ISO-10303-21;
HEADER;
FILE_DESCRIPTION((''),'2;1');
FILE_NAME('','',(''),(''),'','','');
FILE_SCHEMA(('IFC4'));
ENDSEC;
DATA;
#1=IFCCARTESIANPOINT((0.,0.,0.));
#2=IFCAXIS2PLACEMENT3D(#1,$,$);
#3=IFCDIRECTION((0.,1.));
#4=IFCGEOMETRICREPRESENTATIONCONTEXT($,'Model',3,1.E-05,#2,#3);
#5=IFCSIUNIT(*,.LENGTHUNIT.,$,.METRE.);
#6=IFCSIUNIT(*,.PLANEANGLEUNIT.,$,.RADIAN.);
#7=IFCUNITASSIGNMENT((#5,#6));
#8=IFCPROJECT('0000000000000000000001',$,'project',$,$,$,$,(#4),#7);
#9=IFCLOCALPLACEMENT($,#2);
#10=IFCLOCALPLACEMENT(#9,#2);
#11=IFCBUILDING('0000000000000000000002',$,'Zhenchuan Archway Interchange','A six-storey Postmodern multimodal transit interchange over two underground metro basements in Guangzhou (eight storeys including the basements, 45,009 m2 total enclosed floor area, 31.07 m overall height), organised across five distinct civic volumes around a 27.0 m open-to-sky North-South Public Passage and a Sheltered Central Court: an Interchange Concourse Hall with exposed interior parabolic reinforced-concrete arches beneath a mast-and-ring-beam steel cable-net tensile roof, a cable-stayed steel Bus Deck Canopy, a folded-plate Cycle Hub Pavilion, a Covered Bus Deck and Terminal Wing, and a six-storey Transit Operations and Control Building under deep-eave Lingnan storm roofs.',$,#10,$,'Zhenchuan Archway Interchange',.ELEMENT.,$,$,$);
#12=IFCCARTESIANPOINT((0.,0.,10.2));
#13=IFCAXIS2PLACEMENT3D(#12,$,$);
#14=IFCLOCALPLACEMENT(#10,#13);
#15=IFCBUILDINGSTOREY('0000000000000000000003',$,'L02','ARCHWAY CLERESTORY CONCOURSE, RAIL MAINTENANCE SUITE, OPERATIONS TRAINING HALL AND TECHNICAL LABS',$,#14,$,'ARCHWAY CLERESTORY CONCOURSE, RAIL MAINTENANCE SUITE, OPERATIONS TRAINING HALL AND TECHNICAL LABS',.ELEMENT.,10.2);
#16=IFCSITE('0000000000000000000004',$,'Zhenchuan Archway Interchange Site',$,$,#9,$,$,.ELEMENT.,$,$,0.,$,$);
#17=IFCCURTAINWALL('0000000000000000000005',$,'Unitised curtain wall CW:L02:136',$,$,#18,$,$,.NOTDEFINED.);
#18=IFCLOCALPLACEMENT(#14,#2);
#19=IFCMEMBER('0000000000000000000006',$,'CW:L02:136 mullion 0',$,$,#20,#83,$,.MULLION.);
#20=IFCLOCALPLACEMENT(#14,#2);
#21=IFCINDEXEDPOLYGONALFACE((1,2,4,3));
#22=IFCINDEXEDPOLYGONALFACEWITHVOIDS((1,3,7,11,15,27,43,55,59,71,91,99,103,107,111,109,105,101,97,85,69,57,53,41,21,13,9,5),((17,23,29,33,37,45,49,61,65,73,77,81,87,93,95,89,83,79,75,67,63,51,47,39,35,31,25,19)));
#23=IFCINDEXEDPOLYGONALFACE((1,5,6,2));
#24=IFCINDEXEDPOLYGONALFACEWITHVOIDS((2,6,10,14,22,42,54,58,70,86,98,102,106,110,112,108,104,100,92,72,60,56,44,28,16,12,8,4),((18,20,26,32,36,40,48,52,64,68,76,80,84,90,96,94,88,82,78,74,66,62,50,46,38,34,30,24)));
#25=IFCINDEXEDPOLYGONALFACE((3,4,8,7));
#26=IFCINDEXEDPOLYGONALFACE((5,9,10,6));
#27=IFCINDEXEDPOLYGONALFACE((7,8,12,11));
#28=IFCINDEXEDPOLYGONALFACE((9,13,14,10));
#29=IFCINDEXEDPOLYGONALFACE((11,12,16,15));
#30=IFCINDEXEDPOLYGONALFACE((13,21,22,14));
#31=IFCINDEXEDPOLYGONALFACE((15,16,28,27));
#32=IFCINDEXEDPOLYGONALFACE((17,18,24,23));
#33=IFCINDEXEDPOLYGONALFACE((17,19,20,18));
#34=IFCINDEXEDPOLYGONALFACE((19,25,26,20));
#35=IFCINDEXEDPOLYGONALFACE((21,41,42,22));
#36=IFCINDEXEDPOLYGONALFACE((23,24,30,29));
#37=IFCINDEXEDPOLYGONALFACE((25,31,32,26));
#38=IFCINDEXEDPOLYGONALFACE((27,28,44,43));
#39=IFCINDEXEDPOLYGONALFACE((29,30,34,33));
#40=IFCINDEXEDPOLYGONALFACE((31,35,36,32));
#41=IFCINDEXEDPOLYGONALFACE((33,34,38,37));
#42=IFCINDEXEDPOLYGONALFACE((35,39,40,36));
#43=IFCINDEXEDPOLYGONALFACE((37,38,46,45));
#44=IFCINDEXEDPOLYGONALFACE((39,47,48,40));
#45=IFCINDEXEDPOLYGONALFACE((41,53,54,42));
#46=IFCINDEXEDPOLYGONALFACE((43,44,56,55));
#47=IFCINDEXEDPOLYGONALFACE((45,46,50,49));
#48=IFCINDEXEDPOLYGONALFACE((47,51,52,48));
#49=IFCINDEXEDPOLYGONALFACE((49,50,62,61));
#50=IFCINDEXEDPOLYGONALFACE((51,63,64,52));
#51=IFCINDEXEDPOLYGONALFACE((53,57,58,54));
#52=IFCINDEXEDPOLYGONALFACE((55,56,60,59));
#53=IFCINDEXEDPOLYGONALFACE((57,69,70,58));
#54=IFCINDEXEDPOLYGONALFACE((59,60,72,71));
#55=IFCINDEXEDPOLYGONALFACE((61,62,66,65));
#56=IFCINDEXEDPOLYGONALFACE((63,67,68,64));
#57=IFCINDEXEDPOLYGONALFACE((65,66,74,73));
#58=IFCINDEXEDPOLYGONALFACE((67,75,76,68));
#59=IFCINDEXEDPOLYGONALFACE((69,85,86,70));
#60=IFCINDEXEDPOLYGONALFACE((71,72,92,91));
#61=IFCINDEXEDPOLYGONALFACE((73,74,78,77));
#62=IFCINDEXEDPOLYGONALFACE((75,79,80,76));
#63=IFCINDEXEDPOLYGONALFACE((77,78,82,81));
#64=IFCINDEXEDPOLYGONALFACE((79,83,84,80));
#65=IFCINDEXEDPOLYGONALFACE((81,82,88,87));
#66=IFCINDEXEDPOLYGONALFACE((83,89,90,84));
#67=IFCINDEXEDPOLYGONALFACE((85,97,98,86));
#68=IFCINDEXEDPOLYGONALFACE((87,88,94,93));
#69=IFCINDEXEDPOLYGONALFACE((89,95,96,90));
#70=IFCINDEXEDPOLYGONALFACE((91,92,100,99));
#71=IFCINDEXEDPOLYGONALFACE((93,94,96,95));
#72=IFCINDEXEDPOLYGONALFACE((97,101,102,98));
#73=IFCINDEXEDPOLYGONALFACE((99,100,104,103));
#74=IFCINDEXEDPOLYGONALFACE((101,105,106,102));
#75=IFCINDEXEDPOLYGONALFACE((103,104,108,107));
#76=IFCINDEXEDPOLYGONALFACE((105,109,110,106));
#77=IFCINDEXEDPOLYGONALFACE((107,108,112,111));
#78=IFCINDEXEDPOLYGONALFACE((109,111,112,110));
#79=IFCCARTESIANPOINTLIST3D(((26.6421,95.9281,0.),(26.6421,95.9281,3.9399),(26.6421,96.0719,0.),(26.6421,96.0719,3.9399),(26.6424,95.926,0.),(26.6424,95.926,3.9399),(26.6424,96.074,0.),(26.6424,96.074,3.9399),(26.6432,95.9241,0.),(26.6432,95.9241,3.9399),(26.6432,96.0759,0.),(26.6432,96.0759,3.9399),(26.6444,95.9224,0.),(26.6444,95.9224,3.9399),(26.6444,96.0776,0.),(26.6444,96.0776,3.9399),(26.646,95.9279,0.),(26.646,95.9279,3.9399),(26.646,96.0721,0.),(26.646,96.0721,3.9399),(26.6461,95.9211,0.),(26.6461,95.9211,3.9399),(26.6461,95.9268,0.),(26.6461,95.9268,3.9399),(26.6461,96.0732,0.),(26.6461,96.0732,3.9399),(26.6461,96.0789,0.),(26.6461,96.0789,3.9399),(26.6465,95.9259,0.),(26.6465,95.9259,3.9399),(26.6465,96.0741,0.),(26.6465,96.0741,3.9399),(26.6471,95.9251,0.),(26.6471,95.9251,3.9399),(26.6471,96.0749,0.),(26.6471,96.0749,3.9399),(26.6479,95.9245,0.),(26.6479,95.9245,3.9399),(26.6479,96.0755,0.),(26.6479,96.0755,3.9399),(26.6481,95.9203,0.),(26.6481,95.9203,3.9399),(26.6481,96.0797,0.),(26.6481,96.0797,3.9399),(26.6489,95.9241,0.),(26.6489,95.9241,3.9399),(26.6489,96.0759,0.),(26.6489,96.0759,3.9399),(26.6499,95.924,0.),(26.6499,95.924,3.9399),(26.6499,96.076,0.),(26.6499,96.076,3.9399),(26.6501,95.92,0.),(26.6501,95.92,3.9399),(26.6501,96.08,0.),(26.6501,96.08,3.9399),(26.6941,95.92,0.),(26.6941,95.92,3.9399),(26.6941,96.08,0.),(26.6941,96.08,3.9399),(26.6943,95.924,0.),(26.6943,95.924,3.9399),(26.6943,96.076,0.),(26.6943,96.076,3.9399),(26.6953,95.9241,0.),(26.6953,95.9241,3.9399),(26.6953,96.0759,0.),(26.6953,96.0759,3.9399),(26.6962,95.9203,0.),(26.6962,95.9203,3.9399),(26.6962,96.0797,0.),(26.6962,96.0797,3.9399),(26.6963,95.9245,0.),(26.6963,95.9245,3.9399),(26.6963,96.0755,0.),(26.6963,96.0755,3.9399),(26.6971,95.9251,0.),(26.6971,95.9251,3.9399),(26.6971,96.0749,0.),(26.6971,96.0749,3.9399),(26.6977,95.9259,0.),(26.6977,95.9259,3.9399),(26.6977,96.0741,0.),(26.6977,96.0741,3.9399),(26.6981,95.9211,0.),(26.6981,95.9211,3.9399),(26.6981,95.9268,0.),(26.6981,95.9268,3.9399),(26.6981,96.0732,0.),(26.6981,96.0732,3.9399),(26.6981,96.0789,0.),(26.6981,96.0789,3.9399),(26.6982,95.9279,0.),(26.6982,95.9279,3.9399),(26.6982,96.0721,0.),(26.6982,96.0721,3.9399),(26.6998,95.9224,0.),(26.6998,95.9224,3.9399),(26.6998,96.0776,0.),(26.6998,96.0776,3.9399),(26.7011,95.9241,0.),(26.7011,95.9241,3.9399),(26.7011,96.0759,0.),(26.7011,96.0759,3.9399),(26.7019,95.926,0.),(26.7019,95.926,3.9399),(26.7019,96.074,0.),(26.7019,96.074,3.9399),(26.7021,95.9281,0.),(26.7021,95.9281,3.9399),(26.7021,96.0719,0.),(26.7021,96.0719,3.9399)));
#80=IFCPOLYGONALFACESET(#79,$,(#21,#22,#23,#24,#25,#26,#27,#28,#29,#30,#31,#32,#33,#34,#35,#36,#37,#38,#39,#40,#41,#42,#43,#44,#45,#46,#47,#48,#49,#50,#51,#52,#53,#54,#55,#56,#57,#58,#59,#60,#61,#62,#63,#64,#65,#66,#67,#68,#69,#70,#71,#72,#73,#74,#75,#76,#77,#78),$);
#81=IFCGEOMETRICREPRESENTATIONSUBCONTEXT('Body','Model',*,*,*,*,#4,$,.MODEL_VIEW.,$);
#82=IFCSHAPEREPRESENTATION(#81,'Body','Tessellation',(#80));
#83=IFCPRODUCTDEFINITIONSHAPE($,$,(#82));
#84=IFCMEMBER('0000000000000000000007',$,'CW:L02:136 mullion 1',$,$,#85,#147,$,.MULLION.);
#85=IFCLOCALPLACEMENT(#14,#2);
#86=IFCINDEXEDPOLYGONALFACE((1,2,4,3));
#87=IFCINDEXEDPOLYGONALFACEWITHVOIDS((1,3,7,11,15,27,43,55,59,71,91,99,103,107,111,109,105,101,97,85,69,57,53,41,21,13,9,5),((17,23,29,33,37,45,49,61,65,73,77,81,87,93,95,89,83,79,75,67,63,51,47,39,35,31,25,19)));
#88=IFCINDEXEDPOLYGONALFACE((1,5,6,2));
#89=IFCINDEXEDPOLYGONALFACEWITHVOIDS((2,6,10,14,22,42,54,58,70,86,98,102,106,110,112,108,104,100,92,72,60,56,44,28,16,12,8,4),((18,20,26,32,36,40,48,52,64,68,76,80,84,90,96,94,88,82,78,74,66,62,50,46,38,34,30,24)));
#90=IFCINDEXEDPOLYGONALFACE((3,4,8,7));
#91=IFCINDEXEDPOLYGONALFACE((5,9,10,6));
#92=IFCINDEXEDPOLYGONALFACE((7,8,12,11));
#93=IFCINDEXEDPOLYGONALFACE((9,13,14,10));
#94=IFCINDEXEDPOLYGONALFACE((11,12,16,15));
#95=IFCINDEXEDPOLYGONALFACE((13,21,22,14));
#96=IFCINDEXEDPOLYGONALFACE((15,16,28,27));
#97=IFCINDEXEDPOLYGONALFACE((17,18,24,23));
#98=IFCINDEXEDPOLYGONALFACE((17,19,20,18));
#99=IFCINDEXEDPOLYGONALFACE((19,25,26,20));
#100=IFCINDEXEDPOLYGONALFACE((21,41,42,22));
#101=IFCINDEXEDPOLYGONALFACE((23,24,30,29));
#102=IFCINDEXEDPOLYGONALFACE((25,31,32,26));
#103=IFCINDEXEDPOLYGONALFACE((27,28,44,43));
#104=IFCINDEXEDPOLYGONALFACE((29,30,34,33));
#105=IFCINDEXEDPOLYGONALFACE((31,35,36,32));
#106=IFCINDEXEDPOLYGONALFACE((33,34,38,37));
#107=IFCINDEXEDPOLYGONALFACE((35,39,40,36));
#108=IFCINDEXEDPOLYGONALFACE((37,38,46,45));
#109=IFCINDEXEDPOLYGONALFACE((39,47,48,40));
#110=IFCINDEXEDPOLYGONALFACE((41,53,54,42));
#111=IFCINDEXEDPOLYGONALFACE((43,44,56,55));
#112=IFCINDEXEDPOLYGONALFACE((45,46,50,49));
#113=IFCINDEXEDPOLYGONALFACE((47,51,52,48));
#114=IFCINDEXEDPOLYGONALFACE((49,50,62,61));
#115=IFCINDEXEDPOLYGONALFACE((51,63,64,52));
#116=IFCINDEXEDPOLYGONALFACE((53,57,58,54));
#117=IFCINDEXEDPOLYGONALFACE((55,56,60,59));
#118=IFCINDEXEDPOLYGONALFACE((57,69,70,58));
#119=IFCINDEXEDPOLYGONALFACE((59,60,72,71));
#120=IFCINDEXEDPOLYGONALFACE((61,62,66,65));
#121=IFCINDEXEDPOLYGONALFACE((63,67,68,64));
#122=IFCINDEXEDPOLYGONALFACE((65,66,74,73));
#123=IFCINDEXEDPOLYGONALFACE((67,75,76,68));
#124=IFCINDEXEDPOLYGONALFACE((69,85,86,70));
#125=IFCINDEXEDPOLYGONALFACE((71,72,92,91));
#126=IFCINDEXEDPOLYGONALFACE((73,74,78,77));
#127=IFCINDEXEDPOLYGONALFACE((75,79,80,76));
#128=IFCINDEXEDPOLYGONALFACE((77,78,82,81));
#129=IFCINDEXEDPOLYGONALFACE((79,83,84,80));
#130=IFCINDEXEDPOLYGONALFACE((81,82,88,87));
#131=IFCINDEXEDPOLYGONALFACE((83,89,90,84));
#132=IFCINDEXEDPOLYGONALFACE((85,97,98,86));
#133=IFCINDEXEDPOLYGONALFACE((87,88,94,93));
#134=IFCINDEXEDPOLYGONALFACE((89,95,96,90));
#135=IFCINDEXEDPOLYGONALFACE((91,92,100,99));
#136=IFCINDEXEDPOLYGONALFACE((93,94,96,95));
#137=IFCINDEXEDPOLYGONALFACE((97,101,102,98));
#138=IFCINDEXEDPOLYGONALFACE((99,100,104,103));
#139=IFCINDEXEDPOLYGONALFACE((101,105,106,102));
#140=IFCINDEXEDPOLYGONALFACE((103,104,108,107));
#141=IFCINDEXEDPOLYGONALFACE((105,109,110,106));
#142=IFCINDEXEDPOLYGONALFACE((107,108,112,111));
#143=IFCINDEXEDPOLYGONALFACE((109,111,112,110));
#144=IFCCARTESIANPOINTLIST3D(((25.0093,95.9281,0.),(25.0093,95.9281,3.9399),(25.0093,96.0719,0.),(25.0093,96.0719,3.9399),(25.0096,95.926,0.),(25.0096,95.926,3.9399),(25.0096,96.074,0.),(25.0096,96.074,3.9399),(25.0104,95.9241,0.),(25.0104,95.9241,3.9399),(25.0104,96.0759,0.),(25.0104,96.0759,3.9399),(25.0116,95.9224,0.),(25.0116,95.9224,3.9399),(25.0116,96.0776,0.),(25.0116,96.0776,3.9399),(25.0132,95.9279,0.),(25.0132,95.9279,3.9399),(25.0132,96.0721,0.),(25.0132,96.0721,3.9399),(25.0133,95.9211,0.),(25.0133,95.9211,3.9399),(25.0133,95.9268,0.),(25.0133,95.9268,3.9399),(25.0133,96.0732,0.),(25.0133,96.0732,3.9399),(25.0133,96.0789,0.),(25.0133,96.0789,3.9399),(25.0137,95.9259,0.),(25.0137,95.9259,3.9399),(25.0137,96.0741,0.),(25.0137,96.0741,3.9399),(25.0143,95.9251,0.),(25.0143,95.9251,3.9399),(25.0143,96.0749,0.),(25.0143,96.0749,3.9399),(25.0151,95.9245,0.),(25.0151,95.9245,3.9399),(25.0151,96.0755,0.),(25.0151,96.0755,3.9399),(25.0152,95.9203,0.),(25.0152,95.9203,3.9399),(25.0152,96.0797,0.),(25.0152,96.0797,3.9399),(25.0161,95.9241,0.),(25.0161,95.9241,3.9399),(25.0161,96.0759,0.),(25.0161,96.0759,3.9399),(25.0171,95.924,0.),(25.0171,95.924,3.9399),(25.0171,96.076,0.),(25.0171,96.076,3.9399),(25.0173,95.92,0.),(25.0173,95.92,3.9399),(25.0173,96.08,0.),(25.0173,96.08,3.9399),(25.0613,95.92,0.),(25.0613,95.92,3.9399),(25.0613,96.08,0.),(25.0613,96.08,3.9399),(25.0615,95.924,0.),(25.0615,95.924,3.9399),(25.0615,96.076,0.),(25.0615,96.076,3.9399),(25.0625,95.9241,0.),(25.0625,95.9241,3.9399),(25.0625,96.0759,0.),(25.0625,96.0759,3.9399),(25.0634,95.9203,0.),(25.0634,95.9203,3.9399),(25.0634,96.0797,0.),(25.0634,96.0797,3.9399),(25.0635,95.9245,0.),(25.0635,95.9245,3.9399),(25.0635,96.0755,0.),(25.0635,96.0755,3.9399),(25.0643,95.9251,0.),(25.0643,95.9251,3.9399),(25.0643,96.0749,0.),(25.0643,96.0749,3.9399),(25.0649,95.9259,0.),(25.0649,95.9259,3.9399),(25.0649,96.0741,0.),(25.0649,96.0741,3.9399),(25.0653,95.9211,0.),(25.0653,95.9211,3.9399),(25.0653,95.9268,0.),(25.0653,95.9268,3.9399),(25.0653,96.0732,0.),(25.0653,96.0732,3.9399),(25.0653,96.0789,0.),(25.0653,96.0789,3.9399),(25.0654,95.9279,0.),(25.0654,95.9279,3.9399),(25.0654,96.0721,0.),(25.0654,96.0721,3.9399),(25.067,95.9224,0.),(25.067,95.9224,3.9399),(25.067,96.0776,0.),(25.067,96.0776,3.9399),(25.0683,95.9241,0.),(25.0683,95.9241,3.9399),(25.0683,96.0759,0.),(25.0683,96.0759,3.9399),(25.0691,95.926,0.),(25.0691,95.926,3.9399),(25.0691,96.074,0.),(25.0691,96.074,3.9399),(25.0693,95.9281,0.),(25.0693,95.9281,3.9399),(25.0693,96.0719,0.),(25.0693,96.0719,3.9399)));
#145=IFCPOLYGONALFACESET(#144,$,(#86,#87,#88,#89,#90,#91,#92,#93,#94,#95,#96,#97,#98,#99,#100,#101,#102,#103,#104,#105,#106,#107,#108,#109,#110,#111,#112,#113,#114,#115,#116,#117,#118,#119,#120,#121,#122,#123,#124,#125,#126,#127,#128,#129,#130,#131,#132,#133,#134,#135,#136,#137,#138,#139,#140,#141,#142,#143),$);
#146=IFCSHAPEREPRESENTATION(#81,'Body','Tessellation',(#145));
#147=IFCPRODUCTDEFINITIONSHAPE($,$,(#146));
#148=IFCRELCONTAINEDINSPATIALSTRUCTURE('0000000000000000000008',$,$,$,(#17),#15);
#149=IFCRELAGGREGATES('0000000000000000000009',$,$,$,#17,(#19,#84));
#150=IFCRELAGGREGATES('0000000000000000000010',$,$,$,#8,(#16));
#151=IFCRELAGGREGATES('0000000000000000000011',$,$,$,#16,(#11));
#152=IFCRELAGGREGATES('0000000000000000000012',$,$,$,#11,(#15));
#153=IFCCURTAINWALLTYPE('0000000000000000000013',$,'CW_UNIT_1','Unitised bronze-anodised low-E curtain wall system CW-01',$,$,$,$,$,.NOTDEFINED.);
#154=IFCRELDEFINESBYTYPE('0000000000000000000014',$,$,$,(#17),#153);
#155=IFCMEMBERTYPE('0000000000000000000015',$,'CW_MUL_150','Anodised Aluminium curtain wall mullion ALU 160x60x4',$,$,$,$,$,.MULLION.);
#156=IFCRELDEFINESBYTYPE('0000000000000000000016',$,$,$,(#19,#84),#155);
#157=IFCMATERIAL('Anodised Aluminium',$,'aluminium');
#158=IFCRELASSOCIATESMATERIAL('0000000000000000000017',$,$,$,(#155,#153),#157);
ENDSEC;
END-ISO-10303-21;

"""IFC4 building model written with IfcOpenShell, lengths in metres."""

from ifc_helpers import new_model, si_unit, direction, frame, origin, origin_2d, place, context, subcontext, project, spatial, hollow_rectangle, extrude, material, material_profile, profile_set, type_object, element, aggregate, save


model = new_model("IFC4")

# Units and contexts
model_context = context("Model", 3, precision=1e-05, world=origin(), true_north=direction((0.0, 1.0)))
body_context = subcontext(model_context, "Body", "Model", "MODEL_VIEW")
ifc_project = project(units=[si_unit("LENGTHUNIT", "METRE"), si_unit("PLANEANGLEUNIT", "RADIAN")], contexts=[model_context])

# Site, building, storey
site_placement = place(None, origin())
site = spatial("IfcSite", under=ifc_project, at=site_placement, Name="Zhenchuan Archway Interchange Site", CompositionType="ELEMENT", RefElevation=0.0)
building_placement = place(site_placement, origin())
building = spatial("IfcBuilding", under=site, at=building_placement, Name="Zhenchuan Archway Interchange", Description="A six-storey Postmodern multimodal transit interchange over two underground metro basements in Guangzhou (eight storeys including the basements, 45,009 m2 total enclosed floor area, 31.07 m overall height), organised across five distinct civic volumes around a 27.0 m open-to-sky North-South Public Passage and a Sheltered Central Court: an Interchange Concourse Hall with exposed interior parabolic reinforced-concrete arches beneath a mast-and-ring-beam steel cable-net tensile roof, a cable-stayed steel Bus Deck Canopy, a folded-plate Cycle Hub Pavilion, a Covered Bus Deck and Terminal Wing, and a six-storey Transit Operations and Control Building under deep-eave Lingnan storm roofs.", LongName="Zhenchuan Archway Interchange", CompositionType="ELEMENT")
storey_placement = place(building_placement, frame((0.0, 0.0, 10.2)))
storey = spatial("IfcBuildingStorey", under=building, at=storey_placement, Name="L02", Description="ARCHWAY CLERESTORY CONCOURSE, RAIL MAINTENANCE SUITE, OPERATIONS TRAINING HALL AND TECHNICAL LABS", LongName="ARCHWAY CLERESTORY CONCOURSE, RAIL MAINTENANCE SUITE, OPERATIONS TRAINING HALL AND TECHNICAL LABS", CompositionType="ELEMENT", Elevation=10.2)

# Curtain wall, members
ifc_material_1 = material(Name="Anodised Aluminium", Category="aluminium")
ifc_material_profile_1 = material_profile(ifc_material_1, hollow_rectangle(XDim=0.0601, YDim=0.1599, WallThickness=0.0039, InnerFilletRadius=0.0039, OuterFilletRadius=0.0081, at=origin_2d()), Name="ALU 160x60x4")
ifc_profile_set_1 = profile_set([ifc_material_profile_1], Name="Anodised Aluminium")
member_type_1 = type_object("IfcMemberType", Name="CW_MUL_150", Description="Anodised Aluminium curtain wall mullion ALU 160x60x4", PredefinedType="MULLION", material=ifc_profile_set_1)
curtain_wall_type_1 = type_object("IfcCurtainWallType", Name="CW_UNIT_1", Description="Unitised bronze-anodised low-E curtain wall system CW-01", PredefinedType="NOTDEFINED", material=ifc_material_1)
curtain_wall_1_placement = place(storey_placement, origin())
curtain_wall_1 = element("IfcCurtainWall", 1, at=curtain_wall_1_placement, inside=storey, type_object=curtain_wall_type_1, Name="Unitised curtain wall CW:L02:136", PredefinedType="NOTDEFINED")
member_1_placement = place(storey_placement, frame((26.6721, 96.0, 0.0), z_axis=(0.0, 0.0, 1.0), x_axis=(1.0, 0.0, 0.0)))
member_1 = element("IfcMember", 2, at=member_1_placement, type_object=member_type_1, Name="CW:L02:136 mullion 0", PredefinedType="MULLION", context=body_context, shape_type="SweptSolid", body=[
    extrude(hollow_rectangle(XDim=0.0601, YDim=0.1599, WallThickness=0.0039, InnerFilletRadius=0.0039, OuterFilletRadius=0.0081, at=origin_2d()), origin(), (0.0, 0.0, 1.0), 3.9399),
])
member_2_placement = place(storey_placement, frame((25.0393, 96.0, 0.0), z_axis=(0.0, 0.0, 1.0), x_axis=(1.0, 0.0, 0.0)))
member_2 = element("IfcMember", 3, at=member_2_placement, type_object=member_type_1, Name="CW:L02:136 mullion 1", PredefinedType="MULLION", context=body_context, shape_type="SweptSolid", body=[
    extrude(hollow_rectangle(XDim=0.0601, YDim=0.1599, WallThickness=0.0039, InnerFilletRadius=0.0039, OuterFilletRadius=0.0081, at=origin_2d()), origin(), (0.0, 0.0, 1.0), 3.9399),
])

aggregate(curtain_wall_1, [member_1, member_2])

save(model, "model.ifc")
